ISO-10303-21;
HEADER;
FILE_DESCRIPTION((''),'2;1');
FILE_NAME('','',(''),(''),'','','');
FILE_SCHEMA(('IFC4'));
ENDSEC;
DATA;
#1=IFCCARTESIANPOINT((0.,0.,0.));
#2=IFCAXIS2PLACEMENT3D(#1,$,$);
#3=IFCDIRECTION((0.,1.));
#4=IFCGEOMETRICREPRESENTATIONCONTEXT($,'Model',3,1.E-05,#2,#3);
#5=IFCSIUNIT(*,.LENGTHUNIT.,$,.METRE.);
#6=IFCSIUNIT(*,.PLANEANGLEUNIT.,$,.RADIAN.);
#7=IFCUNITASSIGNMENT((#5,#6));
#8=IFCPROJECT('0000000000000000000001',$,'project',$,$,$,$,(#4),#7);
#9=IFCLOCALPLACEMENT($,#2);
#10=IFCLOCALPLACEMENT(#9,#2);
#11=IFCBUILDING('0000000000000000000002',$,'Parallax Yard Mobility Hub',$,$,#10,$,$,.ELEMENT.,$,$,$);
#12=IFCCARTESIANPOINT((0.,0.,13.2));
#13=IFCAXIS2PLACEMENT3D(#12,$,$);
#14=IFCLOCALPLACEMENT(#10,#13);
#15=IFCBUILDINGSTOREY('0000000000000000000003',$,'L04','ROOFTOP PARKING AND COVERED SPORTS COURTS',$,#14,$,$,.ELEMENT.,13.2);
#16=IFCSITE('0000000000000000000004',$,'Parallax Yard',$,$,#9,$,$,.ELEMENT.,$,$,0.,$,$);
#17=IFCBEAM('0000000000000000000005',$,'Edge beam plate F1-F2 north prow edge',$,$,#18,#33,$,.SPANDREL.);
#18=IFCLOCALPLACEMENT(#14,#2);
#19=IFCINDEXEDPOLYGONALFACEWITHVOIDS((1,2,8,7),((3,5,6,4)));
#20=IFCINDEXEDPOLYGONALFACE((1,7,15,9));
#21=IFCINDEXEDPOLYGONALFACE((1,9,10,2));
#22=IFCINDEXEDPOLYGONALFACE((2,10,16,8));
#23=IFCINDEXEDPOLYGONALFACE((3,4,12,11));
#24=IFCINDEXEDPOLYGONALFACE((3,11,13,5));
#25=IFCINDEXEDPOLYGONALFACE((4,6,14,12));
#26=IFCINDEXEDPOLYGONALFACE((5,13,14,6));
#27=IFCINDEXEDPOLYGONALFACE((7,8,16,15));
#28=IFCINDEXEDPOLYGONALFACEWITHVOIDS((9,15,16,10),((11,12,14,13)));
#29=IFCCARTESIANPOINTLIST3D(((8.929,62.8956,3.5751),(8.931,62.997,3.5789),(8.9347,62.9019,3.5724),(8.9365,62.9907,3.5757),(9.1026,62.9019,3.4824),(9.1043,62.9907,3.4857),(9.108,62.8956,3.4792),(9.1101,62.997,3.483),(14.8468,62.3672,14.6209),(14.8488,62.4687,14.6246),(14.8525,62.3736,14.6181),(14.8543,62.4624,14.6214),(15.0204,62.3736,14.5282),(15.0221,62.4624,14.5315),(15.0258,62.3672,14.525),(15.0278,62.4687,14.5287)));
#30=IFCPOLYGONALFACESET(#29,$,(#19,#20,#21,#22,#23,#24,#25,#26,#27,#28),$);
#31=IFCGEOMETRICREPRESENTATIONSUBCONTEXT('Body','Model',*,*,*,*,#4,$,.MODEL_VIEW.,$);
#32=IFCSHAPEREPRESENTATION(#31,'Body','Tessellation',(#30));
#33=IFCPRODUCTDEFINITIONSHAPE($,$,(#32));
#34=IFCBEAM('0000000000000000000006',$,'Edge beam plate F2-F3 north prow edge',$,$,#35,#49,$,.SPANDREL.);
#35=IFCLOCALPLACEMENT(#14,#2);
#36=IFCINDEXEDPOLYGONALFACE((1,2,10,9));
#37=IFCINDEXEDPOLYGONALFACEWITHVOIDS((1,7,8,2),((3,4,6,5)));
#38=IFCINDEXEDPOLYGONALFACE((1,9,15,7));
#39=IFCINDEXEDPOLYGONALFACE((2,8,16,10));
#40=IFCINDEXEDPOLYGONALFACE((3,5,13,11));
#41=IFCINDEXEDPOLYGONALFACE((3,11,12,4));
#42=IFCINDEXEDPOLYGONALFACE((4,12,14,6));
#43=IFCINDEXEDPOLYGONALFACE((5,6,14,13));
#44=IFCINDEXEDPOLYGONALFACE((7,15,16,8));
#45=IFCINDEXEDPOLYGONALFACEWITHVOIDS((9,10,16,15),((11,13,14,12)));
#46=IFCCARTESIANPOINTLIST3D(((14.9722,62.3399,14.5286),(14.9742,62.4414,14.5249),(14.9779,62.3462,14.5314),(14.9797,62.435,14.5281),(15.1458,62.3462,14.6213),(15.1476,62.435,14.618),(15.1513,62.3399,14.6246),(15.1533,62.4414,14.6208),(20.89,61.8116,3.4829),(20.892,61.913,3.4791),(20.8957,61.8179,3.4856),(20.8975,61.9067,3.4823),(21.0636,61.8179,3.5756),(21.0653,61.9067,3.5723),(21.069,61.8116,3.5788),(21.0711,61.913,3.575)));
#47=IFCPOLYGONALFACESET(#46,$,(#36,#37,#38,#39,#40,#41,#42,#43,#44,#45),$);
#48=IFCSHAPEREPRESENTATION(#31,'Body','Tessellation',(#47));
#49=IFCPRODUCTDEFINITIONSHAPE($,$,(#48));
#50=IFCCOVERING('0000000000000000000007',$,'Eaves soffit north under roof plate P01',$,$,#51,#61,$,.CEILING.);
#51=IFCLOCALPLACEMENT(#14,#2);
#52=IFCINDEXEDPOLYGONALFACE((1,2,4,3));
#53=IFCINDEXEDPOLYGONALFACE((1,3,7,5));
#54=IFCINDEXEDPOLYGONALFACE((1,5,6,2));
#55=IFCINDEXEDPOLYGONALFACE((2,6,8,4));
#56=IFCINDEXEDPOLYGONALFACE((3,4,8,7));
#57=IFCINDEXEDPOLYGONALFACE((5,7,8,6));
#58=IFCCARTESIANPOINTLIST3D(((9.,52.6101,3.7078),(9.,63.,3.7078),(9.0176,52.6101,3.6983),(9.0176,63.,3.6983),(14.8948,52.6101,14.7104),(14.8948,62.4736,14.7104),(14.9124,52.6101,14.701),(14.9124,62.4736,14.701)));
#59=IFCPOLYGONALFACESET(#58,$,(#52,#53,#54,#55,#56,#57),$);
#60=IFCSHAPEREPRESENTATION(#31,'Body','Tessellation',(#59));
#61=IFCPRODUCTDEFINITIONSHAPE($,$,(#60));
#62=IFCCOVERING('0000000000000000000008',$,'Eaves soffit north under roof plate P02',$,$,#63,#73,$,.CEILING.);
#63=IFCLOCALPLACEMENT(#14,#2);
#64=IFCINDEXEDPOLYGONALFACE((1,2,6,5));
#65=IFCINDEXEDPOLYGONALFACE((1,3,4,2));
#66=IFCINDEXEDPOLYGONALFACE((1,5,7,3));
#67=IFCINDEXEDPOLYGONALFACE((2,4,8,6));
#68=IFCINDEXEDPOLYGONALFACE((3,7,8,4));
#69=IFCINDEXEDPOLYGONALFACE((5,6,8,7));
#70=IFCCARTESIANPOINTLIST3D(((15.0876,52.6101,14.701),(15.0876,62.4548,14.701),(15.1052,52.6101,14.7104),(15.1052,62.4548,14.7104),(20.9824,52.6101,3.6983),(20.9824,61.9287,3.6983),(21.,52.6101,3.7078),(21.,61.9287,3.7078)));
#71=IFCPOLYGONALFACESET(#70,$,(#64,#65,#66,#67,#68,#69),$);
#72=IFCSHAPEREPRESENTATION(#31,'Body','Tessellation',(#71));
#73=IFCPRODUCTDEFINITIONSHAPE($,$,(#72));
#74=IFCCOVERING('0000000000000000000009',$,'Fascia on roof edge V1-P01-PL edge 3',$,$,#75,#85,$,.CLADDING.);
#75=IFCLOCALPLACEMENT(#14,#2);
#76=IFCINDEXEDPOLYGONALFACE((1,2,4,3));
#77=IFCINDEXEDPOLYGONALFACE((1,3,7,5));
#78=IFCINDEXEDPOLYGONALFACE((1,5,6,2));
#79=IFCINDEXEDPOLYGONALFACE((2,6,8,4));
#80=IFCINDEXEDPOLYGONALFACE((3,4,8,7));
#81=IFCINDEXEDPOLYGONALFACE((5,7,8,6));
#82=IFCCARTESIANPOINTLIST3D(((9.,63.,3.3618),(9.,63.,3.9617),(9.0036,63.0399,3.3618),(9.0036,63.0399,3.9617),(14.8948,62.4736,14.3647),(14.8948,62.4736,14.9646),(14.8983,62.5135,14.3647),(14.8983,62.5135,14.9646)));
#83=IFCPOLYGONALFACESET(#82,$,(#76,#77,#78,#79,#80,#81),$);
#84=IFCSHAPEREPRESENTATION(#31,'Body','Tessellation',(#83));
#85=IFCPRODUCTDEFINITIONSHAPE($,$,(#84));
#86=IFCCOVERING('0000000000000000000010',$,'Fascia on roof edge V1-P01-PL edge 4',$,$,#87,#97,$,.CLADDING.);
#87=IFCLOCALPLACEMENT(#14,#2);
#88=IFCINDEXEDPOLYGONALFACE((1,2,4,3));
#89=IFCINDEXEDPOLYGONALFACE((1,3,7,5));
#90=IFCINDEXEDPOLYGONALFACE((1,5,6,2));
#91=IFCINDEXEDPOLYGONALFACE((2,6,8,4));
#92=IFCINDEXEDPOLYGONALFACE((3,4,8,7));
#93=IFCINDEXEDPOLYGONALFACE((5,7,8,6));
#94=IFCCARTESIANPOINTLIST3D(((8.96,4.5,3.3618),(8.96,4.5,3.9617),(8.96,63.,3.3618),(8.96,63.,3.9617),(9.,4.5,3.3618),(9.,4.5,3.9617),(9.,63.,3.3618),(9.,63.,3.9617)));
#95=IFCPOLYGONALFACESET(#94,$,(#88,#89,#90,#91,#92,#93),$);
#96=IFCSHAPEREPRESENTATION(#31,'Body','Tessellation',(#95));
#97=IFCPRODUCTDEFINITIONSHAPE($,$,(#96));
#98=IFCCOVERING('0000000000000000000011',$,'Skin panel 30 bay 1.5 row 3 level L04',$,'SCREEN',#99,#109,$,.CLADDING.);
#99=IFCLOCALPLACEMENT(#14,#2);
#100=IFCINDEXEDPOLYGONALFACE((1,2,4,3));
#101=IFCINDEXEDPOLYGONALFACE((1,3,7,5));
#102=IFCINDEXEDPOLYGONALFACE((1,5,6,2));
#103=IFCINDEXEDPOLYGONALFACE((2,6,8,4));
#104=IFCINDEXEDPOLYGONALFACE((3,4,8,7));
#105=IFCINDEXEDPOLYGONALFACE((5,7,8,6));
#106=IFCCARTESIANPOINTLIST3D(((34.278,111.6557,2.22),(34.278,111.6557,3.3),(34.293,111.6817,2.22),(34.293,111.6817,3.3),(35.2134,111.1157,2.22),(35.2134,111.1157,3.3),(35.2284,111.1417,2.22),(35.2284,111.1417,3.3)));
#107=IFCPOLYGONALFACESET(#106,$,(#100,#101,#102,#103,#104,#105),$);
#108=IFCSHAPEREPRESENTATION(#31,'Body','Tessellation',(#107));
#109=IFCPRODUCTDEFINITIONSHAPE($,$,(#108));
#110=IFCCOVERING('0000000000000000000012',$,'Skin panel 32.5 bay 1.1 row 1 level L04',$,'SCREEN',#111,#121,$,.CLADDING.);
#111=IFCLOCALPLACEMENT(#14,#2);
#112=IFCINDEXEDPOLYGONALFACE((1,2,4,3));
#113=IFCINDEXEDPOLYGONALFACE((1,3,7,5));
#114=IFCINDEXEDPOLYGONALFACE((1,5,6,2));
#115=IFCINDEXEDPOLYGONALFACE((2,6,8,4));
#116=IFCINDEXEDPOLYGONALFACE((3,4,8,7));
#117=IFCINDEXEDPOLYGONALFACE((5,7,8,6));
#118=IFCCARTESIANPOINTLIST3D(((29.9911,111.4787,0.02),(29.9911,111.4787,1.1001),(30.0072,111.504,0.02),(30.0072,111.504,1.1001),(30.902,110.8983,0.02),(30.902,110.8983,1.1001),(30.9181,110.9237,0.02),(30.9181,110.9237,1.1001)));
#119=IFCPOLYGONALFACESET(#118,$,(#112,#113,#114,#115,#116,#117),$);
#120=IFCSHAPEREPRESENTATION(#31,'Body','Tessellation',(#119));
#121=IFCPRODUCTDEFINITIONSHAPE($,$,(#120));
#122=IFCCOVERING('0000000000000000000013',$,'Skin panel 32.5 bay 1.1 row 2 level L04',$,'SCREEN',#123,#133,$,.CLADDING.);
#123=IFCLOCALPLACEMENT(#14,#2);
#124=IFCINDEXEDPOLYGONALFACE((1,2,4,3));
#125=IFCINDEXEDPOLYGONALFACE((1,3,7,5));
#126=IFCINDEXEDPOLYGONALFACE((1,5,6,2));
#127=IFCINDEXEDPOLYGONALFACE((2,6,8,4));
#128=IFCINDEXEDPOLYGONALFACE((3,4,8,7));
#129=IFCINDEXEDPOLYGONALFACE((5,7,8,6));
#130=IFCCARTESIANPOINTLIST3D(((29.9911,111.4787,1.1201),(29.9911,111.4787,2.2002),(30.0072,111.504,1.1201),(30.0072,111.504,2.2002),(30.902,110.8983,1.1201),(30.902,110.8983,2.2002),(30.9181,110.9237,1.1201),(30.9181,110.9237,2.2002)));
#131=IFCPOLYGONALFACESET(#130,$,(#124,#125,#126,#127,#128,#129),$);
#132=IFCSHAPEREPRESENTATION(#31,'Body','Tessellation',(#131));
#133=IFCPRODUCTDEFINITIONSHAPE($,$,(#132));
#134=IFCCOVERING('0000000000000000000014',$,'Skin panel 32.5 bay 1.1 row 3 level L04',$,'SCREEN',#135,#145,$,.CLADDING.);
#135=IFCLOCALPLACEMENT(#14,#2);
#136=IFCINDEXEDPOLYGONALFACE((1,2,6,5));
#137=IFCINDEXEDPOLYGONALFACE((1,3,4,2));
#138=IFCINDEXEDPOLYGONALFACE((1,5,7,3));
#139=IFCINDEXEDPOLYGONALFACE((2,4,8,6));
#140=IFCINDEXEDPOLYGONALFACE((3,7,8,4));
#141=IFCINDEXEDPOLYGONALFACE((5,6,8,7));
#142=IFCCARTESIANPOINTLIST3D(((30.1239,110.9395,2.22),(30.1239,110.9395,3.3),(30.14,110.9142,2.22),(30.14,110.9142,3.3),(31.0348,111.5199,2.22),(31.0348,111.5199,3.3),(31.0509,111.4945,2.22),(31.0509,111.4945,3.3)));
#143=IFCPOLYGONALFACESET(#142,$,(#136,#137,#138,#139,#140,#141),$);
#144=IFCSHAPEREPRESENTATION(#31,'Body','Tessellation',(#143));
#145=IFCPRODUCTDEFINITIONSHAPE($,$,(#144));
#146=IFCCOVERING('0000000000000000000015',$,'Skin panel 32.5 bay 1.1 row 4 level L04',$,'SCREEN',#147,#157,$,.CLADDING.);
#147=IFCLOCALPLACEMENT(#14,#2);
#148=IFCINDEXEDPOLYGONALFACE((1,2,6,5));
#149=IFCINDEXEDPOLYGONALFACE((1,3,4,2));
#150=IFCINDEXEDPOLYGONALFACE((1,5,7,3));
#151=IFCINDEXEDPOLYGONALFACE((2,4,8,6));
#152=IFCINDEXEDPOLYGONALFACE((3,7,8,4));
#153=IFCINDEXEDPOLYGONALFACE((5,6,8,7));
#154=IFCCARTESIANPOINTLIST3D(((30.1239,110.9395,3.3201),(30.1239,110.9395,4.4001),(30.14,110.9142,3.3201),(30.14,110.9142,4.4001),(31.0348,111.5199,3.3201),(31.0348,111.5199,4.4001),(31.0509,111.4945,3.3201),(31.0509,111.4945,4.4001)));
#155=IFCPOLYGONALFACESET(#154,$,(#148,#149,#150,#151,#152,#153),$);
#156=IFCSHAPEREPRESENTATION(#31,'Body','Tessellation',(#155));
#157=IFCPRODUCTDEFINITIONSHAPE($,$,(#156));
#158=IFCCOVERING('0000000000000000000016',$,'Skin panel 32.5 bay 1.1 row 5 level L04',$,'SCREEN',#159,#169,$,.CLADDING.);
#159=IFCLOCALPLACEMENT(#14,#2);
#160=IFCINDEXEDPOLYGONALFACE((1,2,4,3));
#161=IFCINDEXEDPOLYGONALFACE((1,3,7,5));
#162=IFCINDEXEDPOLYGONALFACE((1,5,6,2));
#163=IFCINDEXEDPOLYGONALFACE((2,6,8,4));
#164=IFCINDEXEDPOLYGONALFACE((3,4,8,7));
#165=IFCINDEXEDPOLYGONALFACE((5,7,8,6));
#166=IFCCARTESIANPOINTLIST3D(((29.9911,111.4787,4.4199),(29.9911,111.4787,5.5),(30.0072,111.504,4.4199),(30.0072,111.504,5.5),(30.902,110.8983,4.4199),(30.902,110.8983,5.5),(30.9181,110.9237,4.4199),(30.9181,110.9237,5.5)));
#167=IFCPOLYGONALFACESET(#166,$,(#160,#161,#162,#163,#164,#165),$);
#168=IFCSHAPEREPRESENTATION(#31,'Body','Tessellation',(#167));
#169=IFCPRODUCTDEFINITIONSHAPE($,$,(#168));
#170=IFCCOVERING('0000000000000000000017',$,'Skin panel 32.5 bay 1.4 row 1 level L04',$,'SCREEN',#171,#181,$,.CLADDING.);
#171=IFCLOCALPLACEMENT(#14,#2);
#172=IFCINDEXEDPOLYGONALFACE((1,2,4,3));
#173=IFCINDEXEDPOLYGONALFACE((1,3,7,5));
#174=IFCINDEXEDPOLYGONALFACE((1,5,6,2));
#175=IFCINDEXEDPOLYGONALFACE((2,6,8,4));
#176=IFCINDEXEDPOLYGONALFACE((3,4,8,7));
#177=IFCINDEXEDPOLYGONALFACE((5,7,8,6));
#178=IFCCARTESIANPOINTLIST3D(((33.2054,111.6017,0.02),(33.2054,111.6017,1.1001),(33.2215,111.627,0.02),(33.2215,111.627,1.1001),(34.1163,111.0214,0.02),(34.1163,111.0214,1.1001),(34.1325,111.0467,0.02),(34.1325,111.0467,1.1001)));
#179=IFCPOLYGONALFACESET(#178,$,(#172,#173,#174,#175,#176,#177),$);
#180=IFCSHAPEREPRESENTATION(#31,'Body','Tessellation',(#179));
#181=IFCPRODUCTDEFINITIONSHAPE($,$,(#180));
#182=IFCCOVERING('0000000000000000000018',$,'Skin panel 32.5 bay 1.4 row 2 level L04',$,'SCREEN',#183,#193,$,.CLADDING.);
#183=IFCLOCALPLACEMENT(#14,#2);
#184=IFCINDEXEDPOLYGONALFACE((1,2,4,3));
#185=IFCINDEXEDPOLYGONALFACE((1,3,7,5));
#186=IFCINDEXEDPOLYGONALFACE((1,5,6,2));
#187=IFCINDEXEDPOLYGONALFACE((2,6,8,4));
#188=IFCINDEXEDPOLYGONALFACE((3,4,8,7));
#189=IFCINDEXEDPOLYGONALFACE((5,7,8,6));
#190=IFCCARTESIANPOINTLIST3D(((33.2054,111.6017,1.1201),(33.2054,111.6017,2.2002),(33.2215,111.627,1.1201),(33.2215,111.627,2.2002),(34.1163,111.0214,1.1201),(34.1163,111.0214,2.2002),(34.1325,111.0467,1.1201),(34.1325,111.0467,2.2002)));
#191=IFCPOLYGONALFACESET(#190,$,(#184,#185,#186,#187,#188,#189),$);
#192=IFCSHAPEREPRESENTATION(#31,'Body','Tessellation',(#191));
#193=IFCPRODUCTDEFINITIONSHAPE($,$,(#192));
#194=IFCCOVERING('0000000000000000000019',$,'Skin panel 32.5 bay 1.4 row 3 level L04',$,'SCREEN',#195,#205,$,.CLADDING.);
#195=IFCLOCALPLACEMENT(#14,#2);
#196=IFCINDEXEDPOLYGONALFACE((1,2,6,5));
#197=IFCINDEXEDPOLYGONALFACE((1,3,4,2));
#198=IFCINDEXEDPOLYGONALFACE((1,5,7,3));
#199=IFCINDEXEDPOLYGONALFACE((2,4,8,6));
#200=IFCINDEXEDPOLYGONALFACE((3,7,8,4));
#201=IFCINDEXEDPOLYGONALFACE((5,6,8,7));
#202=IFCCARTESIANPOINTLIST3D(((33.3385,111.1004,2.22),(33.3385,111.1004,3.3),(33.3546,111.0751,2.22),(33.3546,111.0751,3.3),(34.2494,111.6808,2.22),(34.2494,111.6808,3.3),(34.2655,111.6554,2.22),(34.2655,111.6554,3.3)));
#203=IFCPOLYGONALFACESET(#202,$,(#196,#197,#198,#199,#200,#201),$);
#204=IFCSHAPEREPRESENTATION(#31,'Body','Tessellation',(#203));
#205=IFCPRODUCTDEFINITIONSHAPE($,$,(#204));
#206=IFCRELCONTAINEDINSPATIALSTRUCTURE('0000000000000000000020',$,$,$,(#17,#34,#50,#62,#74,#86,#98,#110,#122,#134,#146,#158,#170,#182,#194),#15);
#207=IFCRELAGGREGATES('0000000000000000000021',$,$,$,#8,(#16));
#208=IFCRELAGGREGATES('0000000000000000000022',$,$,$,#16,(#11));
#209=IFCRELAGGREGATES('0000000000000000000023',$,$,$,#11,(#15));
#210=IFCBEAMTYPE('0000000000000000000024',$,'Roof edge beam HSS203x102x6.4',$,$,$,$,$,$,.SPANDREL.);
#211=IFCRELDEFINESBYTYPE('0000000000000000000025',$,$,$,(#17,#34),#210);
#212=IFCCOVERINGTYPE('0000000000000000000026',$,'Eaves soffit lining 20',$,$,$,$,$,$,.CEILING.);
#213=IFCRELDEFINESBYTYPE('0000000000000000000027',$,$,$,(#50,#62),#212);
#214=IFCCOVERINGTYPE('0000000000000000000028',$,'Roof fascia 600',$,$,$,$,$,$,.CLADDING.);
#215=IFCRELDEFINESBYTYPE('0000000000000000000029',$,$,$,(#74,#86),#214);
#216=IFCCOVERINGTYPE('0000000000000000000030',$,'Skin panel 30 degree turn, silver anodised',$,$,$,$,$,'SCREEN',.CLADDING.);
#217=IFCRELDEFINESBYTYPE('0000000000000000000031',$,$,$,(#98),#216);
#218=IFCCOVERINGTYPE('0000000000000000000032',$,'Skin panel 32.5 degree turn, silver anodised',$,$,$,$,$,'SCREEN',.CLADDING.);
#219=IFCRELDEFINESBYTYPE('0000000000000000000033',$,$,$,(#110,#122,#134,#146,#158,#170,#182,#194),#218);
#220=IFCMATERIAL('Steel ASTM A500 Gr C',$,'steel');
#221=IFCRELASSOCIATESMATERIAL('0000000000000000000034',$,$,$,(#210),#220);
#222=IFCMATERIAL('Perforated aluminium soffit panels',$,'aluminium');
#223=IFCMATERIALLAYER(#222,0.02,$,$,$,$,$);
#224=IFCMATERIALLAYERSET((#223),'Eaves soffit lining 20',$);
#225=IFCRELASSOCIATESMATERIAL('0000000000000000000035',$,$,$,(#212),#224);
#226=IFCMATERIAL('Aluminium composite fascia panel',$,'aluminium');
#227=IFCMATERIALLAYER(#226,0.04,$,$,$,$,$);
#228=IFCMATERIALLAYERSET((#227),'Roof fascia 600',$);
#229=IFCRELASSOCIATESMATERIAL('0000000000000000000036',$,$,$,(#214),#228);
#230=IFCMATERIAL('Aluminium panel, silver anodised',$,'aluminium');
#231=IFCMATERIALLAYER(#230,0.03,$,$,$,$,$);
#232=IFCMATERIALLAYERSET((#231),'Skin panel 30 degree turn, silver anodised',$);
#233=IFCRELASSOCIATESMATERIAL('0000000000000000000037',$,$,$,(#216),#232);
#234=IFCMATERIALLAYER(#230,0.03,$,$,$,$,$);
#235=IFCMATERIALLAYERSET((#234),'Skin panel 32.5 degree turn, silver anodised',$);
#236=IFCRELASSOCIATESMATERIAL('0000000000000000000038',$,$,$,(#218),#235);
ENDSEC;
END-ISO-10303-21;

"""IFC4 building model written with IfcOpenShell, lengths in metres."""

from ifc_helpers import new_model, si_unit, direction, frame, origin, origin_2d, place, context, subcontext, project, spatial, polyline, rectangle, hollow_rectangle, outline, extrude, material, layer, layer_set, material_profile, profile_set, type_object, element, save


model = new_model("IFC4")

# Units and contexts
model_context = context("Model", 3, precision=1e-05, world=origin(), true_north=direction((0.0, 1.0)))
body_context = subcontext(model_context, "Body", "Model", "MODEL_VIEW")
ifc_project = project(units=[si_unit("LENGTHUNIT", "METRE"), si_unit("PLANEANGLEUNIT", "RADIAN")], contexts=[model_context])

# Site, building, storey
site_placement = place(None, origin())
site = spatial("IfcSite", under=ifc_project, at=site_placement, Name="Parallax Yard", CompositionType="ELEMENT", RefElevation=0.0)
building_placement = place(site_placement, origin())
building = spatial("IfcBuilding", under=site, at=building_placement, Name="Parallax Yard Mobility Hub", CompositionType="ELEMENT")
storey_placement = place(building_placement, frame((0.0, 0.0, 13.2)))
storey = spatial("IfcBuildingStorey", under=building, at=storey_placement, Name="L04", Description="ROOFTOP PARKING AND COVERED SPORTS COURTS", CompositionType="ELEMENT", Elevation=13.2)

# Beams
ifc_material_1 = material(Name="Steel ASTM A500 Gr C", Category="steel")
ifc_material_profile = material_profile(ifc_material_1, hollow_rectangle(XDim=0.1016, YDim=0.2031, WallThickness=0.0063, at=origin_2d()), Name="HSS203x102x6.4")
ifc_profile_set = profile_set([ifc_material_profile], Name="Steel ASTM A500 Gr C")
beam_type = type_object("IfcBeamType", Name="Roof edge beam HSS203x102x6.4", PredefinedType="SPANDREL", material=ifc_profile_set)
for number, where, z_axis, x_axis, name in (
    (1, (9.0195, 62.9463, 3.5291), (0.471828, -0.042124, 0.880684), (0.019886, 0.999112, 0.037134), "Edge beam plate F1-F2 north prow edge"),
    (2, (15.0627, 62.3906, 14.5747), (0.471828, -0.042124, -0.880684), (0.019886, 0.999112, -0.037134), "Edge beam plate F2-F3 north prow edge"),
):
    element("IfcBeam", number, at=place(storey_placement, frame(where, z_axis=z_axis, x_axis=x_axis)), inside=storey, type_object=beam_type, Name=name, PredefinedType="SPANDREL", context=body_context, shape_type="SweptSolid", body=[
        extrude(hollow_rectangle(XDim=0.1016, YDim=0.2031, WallThickness=0.0063, at=origin_2d()), origin(), (0.0, 0.0, 1.0), 12.5422),
    ])

# Coverings
ifc_material_2 = material(Name="Perforated aluminium soffit panels", Category="aluminium")
ifc_layer_1 = layer(ifc_material_2, 0.02)
ifc_layer_set_1 = layer_set([ifc_layer_1], Name="Eaves soffit lining 20")
covering_type_1 = type_object("IfcCoveringType", Name="Eaves soffit lining 20", PredefinedType="CEILING", material=ifc_layer_set_1)
covering_1_placement = place(storey_placement, frame((9.0, 63.0, 3.7078), z_axis=(-0.881464, 0.0, 0.472251), x_axis=(0.471832, -0.042132, 0.880681)))
element("IfcCovering", 3, at=covering_1_placement, inside=storey, type_object=covering_type_1, Name="Eaves soffit north under roof plate P01", PredefinedType="CEILING", context=body_context, shape_type="SweptSolid", body=[
    extrude(outline(polyline([(0.0, 0.0), (12.4934, 0.0), (12.9089, -9.8548), (0.4377, -10.3807), (0.0, 0.0)])), origin(), (0.0, 0.0, -1.0), 0.02),
])
covering_2_placement = place(storey_placement, frame((15.1052, 62.4548, 14.7104), z_axis=(0.881464, 0.0, 0.472251), x_axis=(0.471832, -0.042112, -0.880682)))
element("IfcCovering", 4, at=covering_2_placement, inside=storey, type_object=covering_type_1, Name="Eaves soffit north under roof plate P02", PredefinedType="CEILING", context=body_context, shape_type="SweptSolid", body=[
    extrude(outline(polyline([(0.0, 0.0), (12.4934, 0.0), (12.8858, -9.3103), (0.4146, -9.836), (0.0, 0.0)])), origin(), (0.0, 0.0, -1.0), 0.02),
])
ifc_material_3 = material(Name="Aluminium composite fascia panel", Category="aluminium")
ifc_layer_2 = layer(ifc_material_3, 0.04)
ifc_layer_set_2 = layer_set([ifc_layer_2], Name="Roof fascia 600")
covering_type_2 = type_object("IfcCoveringType", Name="Roof fascia 600", PredefinedType="CLADDING", material=ifc_layer_set_2)
covering_3_placement = place(storey_placement, frame((14.8948, 62.4736, 14.9646), z_axis=(-0.08894, -0.996037, 0.0), x_axis=(-0.471824, 0.042131, -0.880686)))
element("IfcCovering", 5, at=covering_3_placement, inside=storey, type_object=covering_type_2, Name="Fascia on roof edge V1-P01-PL edge 3", PredefinedType="CLADDING", context=body_context, shape_type="SweptSolid", body=[
    extrude(outline(polyline([(0.0, 0.0), (12.4936, 0.0), (13.0219, 0.2842), (0.5283, 0.2842), (0.0, 0.0)])), origin(), (0.0, 0.0, -1.0), 0.04),
])
covering_4_placement = place(storey_placement, frame((9.0, 63.0, 3.9617), z_axis=(1.0, 0.0, 0.0), x_axis=(0.0, -1.0, 0.0)))
element("IfcCovering", 6, at=covering_4_placement, inside=storey, type_object=covering_type_2, Name="Fascia on roof edge V1-P01-PL edge 4", PredefinedType="CLADDING", context=body_context, shape_type="SweptSolid", body=[
    extrude(outline(polyline([(0.0, 0.0), (58.5, 0.0), (58.5, 0.5999), (0.0, 0.5999), (0.0, 0.0)])), origin(), (0.0, 0.0, -1.0), 0.04),
])
ifc_material_4 = material(Name="Aluminium panel, silver anodised", Category="aluminium")
ifc_layer_3 = layer(ifc_material_4, 0.03)
ifc_layer_set_3 = layer_set([ifc_layer_3], Name="Skin panel 30 degree turn, silver anodised")
covering_type_3 = type_object("IfcCoveringType", Name="Skin panel 30 degree turn, silver anodised", ElementType="SCREEN", PredefinedType="CLADDING", material=ifc_layer_set_3)
covering_5_placement = place(storey_placement, frame((34.7532, 111.3987, 2.22), z_axis=(0.0, 0.0, 1.0), x_axis=(0.866025, -0.5, 0.0)))
element("IfcCovering", 7, at=covering_5_placement, inside=storey, type_object=covering_type_3, Name="Skin panel 30 bay 1.5 row 3 level L04", ObjectType="SCREEN", PredefinedType="CLADDING", context=body_context, shape_type="SweptSolid", body=[
    extrude(rectangle(XDim=1.0801, YDim=0.03, at=origin_2d()), origin(), (0.0, 0.0, 1.0), 1.0801),
])
ifc_layer_4 = layer(ifc_material_4, 0.03)
ifc_layer_set_4 = layer_set([ifc_layer_4], Name="Skin panel 32.5 degree turn, silver anodised")
covering_type_4 = type_object("IfcCoveringType", Name="Skin panel 32.5 degree turn, silver anodised", ElementType="SCREEN", PredefinedType="CLADDING", material=ifc_layer_set_4)
for number, where, z_axis, x_axis, name in (
    (8, (30.4546, 111.2012, 0.02), (0.0, 0.0, 1.0), (0.843391, -0.5373, 0.0), "Skin panel 32.5 bay 1.1 row 1 level L04"),
    (9, (30.4546, 111.2012, 1.1201), (0.0, 0.0, 1.0), (0.843391, -0.5373, 0.0), "Skin panel 32.5 bay 1.1 row 2 level L04"),
    (10, (30.5874, 111.217, 2.22), (0.0, 0.0, 1.0), (-0.843391, -0.5373, 0.0), "Skin panel 32.5 bay 1.1 row 3 level L04"),
    (11, (30.5874, 111.217, 3.3201), (0.0, 0.0, 1.0), (-0.843391, -0.5373, 0.0), "Skin panel 32.5 bay 1.1 row 4 level L04"),
    (12, (30.4546, 111.2012, 4.4199), (0.0, 0.0, 1.0), (0.843391, -0.5373, 0.0), "Skin panel 32.5 bay 1.1 row 5 level L04"),
    (13, (33.6689, 111.3242, 0.02), (0.0, 0.0, 1.0), (0.843391, -0.5373, 0.0), "Skin panel 32.5 bay 1.4 row 1 level L04"),
    (14, (33.6689, 111.3242, 1.1201), (0.0, 0.0, 1.0), (0.843391, -0.5373, 0.0), "Skin panel 32.5 bay 1.4 row 2 level L04"),
    (15, (33.802, 111.3779, 2.22), (0.0, 0.0, 1.0), (-0.843391, -0.5373, 0.0), "Skin panel 32.5 bay 1.4 row 3 level L04"),
):
    element("IfcCovering", number, at=place(storey_placement, frame(where, z_axis=z_axis, x_axis=x_axis)), inside=storey, type_object=covering_type_4, Name=name, ObjectType="SCREEN", PredefinedType="CLADDING", context=body_context, shape_type="SweptSolid", body=[
        extrude(rectangle(XDim=1.0801, YDim=0.03, at=origin_2d()), origin(), (0.0, 0.0, 1.0), 1.0801),
    ])

save(model, "model.ifc")
